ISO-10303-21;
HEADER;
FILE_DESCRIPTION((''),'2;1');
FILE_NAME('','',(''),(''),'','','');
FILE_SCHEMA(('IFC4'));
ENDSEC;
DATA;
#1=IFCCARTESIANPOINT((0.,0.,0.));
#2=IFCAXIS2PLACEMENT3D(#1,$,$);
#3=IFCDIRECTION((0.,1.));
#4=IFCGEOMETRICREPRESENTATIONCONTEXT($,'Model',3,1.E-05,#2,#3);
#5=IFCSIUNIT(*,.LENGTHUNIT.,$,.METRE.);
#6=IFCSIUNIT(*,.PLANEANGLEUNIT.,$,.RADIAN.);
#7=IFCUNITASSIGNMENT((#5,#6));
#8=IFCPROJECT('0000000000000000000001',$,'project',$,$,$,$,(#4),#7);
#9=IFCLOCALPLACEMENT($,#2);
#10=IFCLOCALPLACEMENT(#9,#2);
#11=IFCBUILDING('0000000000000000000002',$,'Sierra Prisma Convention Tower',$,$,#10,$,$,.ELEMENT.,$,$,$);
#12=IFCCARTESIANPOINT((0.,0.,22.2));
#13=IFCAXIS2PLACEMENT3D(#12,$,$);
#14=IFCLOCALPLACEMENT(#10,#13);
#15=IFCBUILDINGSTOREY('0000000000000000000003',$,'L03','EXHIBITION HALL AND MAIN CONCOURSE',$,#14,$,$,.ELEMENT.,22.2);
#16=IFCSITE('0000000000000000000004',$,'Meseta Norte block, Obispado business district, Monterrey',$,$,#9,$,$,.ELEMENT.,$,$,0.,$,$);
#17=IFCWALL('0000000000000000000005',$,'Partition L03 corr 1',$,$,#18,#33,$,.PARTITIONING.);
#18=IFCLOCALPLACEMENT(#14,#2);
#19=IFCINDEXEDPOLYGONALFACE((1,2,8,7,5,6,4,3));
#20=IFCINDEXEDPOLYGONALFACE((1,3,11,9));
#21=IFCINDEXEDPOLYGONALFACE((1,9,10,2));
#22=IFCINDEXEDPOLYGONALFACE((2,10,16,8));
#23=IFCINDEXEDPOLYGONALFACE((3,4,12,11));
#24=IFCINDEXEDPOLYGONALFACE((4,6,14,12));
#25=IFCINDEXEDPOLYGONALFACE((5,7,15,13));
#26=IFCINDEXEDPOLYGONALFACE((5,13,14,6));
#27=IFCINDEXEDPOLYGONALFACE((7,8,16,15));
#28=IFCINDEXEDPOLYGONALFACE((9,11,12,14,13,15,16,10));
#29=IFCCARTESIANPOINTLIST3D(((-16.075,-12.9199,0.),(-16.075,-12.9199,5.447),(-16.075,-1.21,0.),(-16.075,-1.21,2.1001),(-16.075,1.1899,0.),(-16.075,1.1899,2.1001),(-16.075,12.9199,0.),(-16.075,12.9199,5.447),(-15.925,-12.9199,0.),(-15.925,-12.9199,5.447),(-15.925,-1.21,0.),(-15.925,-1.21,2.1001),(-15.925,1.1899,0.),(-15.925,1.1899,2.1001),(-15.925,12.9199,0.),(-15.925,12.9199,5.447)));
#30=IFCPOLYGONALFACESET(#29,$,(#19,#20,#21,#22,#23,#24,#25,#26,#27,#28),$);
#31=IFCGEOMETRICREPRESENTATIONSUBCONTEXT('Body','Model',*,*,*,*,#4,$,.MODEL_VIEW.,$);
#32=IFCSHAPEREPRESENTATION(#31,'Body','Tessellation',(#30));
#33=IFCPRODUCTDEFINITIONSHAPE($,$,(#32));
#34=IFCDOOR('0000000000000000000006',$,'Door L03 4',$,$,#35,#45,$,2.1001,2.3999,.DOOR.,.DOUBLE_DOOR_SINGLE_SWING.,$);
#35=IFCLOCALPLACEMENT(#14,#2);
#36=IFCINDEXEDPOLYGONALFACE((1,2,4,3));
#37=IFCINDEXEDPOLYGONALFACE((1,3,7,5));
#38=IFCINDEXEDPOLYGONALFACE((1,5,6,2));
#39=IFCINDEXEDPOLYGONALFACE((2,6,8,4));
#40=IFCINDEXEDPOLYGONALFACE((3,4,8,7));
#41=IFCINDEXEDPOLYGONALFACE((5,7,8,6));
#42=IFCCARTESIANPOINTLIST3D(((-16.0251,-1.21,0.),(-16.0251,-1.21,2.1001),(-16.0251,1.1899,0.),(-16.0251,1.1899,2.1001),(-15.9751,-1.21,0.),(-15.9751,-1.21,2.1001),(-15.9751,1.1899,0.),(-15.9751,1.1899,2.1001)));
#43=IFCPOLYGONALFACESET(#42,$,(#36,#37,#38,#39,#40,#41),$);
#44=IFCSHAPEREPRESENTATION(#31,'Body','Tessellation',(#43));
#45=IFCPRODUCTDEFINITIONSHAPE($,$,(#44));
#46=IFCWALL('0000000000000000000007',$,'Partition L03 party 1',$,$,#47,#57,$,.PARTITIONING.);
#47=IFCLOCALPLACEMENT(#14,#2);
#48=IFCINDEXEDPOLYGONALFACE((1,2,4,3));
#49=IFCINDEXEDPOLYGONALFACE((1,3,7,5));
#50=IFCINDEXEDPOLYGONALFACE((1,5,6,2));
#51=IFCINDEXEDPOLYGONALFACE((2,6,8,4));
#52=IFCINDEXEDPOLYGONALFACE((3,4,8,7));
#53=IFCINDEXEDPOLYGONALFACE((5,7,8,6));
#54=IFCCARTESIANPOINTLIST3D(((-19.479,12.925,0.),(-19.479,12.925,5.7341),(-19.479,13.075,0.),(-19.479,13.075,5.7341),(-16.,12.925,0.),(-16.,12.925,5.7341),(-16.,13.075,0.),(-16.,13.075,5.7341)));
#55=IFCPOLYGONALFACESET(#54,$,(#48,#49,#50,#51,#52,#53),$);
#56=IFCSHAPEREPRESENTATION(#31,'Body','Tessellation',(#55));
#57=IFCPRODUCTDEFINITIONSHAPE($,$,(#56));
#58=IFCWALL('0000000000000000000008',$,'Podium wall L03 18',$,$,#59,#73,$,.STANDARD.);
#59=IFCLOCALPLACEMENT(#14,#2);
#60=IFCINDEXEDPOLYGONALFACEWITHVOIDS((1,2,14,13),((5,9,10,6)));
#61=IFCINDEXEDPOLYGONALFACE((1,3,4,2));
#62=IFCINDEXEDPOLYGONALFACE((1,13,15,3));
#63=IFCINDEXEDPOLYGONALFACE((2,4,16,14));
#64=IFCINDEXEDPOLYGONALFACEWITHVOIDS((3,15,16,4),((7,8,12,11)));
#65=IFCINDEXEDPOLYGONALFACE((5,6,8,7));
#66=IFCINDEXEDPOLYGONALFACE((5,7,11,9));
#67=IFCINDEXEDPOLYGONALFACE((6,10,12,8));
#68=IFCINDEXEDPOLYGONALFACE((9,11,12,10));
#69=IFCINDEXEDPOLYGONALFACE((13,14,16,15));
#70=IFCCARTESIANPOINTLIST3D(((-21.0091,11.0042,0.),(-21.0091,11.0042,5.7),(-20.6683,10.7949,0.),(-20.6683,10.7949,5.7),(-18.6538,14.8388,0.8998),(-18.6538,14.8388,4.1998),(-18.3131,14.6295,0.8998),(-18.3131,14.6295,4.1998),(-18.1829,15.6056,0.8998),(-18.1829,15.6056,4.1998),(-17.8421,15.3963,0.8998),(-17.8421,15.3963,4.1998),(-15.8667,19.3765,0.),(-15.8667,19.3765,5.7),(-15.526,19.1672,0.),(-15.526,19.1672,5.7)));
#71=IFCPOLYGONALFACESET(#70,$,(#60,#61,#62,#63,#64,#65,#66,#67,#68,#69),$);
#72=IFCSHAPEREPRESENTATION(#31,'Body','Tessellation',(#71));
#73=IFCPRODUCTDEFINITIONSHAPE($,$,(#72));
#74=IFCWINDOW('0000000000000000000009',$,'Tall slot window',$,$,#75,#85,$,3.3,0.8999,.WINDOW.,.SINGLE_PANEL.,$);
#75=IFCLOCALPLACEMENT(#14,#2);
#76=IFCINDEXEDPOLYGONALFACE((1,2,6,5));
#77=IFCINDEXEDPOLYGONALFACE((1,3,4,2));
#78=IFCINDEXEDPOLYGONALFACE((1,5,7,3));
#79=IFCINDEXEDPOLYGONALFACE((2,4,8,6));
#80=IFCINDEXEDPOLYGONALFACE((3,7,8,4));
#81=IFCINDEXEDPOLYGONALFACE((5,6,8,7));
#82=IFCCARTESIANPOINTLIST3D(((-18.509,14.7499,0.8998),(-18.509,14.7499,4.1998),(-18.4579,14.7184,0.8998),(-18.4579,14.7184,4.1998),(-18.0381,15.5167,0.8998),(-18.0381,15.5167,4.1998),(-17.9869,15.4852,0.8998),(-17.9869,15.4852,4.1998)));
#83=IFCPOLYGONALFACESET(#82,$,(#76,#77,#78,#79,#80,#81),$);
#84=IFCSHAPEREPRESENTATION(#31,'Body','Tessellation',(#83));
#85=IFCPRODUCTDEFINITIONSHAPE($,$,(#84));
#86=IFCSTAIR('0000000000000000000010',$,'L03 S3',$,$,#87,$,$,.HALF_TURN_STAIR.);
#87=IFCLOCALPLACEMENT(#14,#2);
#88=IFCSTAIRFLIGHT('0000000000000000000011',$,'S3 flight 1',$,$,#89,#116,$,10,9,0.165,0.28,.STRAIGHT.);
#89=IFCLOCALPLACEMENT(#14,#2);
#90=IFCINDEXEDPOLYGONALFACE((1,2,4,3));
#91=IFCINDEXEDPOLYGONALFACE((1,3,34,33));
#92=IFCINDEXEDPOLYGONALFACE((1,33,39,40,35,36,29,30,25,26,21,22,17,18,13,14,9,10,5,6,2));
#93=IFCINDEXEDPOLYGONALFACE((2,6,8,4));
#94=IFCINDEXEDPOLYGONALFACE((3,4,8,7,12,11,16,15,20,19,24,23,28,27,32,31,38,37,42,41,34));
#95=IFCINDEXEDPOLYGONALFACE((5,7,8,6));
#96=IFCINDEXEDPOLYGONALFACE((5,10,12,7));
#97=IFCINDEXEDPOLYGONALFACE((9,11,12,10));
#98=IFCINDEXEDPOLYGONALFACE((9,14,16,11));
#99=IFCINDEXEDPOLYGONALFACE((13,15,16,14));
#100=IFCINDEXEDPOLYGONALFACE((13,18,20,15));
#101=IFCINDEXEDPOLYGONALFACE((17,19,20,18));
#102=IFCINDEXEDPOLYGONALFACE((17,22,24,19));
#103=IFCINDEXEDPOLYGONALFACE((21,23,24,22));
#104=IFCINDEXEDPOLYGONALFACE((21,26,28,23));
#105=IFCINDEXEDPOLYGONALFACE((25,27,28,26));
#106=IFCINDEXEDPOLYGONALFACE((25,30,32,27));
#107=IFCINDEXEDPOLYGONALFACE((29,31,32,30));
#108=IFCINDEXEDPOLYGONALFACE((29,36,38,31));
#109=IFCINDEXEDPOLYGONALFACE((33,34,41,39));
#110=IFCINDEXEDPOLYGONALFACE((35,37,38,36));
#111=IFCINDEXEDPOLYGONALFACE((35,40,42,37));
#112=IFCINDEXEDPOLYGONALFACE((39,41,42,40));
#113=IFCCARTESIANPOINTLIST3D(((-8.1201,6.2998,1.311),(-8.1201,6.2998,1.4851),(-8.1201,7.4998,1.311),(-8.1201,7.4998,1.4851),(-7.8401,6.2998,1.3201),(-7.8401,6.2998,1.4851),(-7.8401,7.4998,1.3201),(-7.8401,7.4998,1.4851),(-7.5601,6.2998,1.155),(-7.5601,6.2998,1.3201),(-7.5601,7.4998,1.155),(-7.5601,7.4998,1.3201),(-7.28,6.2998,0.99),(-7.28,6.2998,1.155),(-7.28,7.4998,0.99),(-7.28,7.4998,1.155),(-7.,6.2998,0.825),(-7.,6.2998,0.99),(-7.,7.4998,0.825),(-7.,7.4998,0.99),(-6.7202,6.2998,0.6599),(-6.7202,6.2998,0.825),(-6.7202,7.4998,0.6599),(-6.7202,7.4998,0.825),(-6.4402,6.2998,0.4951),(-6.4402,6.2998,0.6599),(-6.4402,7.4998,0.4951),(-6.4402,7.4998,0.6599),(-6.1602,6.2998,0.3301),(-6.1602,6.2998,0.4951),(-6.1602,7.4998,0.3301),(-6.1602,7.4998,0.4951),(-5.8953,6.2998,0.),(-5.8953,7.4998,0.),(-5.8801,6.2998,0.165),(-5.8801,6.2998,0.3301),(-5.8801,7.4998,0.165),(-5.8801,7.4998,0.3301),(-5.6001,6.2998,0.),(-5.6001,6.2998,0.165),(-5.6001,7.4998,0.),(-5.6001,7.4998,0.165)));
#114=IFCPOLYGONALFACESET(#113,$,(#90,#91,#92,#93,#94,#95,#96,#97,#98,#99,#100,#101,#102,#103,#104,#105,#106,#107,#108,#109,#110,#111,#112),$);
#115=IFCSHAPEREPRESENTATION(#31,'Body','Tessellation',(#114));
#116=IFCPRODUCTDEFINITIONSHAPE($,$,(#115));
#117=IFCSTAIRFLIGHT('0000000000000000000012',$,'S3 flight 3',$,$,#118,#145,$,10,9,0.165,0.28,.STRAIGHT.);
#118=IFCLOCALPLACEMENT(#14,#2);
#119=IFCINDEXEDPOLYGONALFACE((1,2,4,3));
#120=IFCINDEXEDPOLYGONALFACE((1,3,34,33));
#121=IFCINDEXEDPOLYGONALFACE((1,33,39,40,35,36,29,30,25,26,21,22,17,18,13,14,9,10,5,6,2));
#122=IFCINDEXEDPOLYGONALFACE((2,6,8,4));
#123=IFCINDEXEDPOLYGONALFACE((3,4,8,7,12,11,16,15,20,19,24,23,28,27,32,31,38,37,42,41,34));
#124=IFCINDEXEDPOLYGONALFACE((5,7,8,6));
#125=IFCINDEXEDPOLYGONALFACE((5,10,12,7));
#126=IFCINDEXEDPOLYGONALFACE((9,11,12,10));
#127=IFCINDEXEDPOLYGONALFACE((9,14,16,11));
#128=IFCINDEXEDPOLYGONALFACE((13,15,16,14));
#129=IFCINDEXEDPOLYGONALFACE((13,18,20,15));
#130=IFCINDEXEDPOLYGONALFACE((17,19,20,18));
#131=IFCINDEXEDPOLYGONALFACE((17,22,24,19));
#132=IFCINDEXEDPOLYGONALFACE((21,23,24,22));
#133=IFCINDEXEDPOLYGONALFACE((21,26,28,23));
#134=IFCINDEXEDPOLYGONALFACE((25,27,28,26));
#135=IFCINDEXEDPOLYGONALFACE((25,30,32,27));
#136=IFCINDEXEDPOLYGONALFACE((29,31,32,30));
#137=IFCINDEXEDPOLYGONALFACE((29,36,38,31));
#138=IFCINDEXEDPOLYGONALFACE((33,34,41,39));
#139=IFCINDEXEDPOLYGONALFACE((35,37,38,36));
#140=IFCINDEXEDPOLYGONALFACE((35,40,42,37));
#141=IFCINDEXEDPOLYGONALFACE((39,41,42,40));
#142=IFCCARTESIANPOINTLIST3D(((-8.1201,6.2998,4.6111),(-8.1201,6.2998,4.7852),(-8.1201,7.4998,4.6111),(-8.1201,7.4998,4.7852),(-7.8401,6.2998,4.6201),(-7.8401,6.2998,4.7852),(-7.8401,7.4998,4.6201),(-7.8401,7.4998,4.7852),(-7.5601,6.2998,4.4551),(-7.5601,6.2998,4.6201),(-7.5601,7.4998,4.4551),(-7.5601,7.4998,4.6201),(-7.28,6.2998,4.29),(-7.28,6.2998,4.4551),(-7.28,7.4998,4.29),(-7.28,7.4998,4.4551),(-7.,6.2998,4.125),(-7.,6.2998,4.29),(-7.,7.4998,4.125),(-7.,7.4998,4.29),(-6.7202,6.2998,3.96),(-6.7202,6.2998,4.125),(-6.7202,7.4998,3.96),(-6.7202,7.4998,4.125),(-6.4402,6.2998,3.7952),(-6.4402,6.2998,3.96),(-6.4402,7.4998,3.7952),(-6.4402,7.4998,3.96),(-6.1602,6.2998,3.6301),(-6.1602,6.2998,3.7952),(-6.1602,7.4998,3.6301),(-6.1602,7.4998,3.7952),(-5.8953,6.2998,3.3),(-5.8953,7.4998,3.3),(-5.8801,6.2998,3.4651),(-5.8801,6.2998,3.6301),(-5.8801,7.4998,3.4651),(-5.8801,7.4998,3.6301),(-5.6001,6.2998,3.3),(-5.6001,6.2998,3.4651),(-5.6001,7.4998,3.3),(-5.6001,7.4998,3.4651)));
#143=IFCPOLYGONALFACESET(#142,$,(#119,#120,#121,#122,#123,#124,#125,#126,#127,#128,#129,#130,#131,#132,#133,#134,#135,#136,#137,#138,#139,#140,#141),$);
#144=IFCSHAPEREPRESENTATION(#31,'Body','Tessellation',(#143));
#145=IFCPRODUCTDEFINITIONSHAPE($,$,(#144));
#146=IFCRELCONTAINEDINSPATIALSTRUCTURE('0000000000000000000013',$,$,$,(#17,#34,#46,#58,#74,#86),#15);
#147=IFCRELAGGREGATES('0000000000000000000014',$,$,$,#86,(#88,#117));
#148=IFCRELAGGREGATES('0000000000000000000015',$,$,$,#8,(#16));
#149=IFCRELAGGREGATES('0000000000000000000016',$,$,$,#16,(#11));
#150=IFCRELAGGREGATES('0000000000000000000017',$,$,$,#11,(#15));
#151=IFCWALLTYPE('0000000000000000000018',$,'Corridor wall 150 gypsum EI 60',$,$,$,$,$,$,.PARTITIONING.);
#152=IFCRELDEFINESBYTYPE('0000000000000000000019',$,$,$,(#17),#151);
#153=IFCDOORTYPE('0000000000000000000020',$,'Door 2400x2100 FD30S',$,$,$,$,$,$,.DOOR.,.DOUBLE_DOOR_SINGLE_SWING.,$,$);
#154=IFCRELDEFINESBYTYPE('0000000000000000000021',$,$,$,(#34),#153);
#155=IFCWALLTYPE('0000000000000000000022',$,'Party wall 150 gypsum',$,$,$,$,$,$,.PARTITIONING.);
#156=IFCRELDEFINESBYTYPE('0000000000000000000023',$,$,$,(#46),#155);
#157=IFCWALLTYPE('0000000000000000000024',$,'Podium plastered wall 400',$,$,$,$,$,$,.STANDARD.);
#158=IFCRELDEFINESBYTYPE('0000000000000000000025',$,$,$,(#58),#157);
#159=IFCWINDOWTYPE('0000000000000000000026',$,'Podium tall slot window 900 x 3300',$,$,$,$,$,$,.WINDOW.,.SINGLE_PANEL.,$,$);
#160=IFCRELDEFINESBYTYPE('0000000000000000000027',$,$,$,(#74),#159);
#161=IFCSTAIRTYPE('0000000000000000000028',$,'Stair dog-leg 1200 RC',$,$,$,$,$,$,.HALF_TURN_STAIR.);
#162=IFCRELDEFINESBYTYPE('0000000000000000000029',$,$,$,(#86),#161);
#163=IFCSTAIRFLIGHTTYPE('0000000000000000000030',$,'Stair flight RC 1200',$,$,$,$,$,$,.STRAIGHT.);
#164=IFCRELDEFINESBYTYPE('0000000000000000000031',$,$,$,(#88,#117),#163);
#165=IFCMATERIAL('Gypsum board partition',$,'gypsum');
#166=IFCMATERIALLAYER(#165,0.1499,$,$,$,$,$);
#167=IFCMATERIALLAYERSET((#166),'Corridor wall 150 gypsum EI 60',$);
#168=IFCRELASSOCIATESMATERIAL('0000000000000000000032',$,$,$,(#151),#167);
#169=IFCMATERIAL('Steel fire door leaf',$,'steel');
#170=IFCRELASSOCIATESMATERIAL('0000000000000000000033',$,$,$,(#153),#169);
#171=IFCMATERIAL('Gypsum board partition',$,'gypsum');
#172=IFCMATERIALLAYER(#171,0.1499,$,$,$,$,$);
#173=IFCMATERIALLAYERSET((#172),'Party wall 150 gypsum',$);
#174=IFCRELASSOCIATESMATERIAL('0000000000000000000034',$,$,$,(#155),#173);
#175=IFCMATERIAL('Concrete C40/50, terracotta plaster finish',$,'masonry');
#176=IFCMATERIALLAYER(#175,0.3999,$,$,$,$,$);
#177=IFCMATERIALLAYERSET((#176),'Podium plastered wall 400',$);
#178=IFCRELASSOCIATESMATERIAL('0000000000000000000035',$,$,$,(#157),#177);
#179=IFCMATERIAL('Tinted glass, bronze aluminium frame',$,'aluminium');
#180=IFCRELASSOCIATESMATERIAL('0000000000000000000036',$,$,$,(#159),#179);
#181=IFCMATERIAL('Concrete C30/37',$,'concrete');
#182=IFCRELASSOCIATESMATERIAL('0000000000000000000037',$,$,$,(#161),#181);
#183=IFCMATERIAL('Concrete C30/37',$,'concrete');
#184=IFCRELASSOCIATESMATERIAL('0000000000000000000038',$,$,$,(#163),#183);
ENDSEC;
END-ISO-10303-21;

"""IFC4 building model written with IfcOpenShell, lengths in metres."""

from ifc_helpers import new_model, si_unit, direction, frame, frame_2d, origin, place, context, subcontext, project, spatial, polyline, rectangle, outline, extrude, material, layer, layer_set, type_object, element, fill, aggregate, save


model = new_model("IFC4")

# Units and contexts
model_context = context("Model", 3, precision=1e-05, world=origin(), true_north=direction((0.0, 1.0)))
body_context = subcontext(model_context, "Body", "Model", "MODEL_VIEW")
ifc_project = project(units=[si_unit("LENGTHUNIT", "METRE"), si_unit("PLANEANGLEUNIT", "RADIAN")], contexts=[model_context])

# Site, building, storey
site_placement = place(None, origin())
site = spatial("IfcSite", under=ifc_project, at=site_placement, Name="Meseta Norte block, Obispado business district, Monterrey", CompositionType="ELEMENT", RefElevation=0.0)
building_placement = place(site_placement, origin())
building = spatial("IfcBuilding", under=site, at=building_placement, Name="Sierra Prisma Convention Tower", CompositionType="ELEMENT")
storey_placement = place(building_placement, frame((0.0, 0.0, 22.2)))
storey = spatial("IfcBuildingStorey", under=building, at=storey_placement, Name="L03", Description="EXHIBITION HALL AND MAIN CONCOURSE", CompositionType="ELEMENT", Elevation=22.2)

# Wall, opening, door
ifc_material_1 = material(Name="Gypsum board partition", Category="gypsum")
ifc_layer_1 = layer(ifc_material_1, 0.1499)
ifc_layer_set_1 = layer_set([ifc_layer_1], Name="Corridor wall 150 gypsum EI 60")
wall_type_1 = type_object("IfcWallType", Name="Corridor wall 150 gypsum EI 60", PredefinedType="PARTITIONING", material=ifc_layer_set_1)
wall_1_placement = place(storey_placement, frame((-16.0, 12.9199, 0.0), z_axis=(0.0, 0.0, 1.0), x_axis=(0.0, -1.0, 0.0)))
wall_1 = element("IfcWall", 1, at=wall_1_placement, inside=storey, type_object=wall_type_1, Name="Partition L03 corr 1", PredefinedType="PARTITIONING", context=body_context, shape_type="SweptSolid", body=[
    extrude(rectangle(XDim=25.8398, YDim=0.1499, at=frame_2d((12.9199, 0.0))), origin(), (0.0, 0.0, 1.0), 5.447),
])
opening_1_placement = place(wall_1_placement, frame((11.73, 0.0, 0.0)))
opening_1 = element("IfcOpeningElement", 2, at=opening_1_placement, cuts=wall_1, PredefinedType="OPENING", context=body_context, shape_type="SweptSolid", body=[
    extrude(rectangle(XDim=2.3999, YDim=2.1001, at=frame_2d((1.2, 1.05))), frame((0.0, 0.075, 0.0), z_axis=(0.0, -1.0, 0.0), x_axis=(1.0, 0.0, 0.0)), (0.0, 0.0, 1.0), 0.1499),
])
ifc_material_2 = material(Name="Steel fire door leaf", Category="steel")
door_type_1 = type_object("IfcDoorType", Name="Door 2400x2100 FD30S", OperationType="DOUBLE_DOOR_SINGLE_SWING", PredefinedType="DOOR", material=ifc_material_2)
door_1_placement = place(opening_1_placement, origin())
door_1 = element("IfcDoor", 3, at=door_1_placement, inside=storey, type_object=door_type_1, Name="Door L03 4", OperationType="DOUBLE_DOOR_SINGLE_SWING", OverallHeight=2.1001, OverallWidth=2.3999, PredefinedType="DOOR", context=body_context, shape_type="SweptSolid", body=[
    extrude(rectangle(XDim=2.3999, YDim=2.1001, at=frame_2d((1.2, 1.05))), frame((0.0, 0.0249, 0.0), z_axis=(0.0, -1.0, 0.0), x_axis=(1.0, 0.0, 0.0)), (0.0, 0.0, 1.0), 0.05),
])
fill(opening_1, door_1)

# Wall
ifc_material_3 = material(Name="Gypsum board partition", Category="gypsum")
ifc_layer_2 = layer(ifc_material_3, 0.1499)
ifc_layer_set_2 = layer_set([ifc_layer_2], Name="Party wall 150 gypsum")
wall_type_2 = type_object("IfcWallType", Name="Party wall 150 gypsum", PredefinedType="PARTITIONING", material=ifc_layer_set_2)
wall_2_placement = place(storey_placement, frame((-16.0, 13.0, 0.0), z_axis=(0.0, 0.0, 1.0), x_axis=(-1.0, 0.0, 0.0)))
element("IfcWall", 4, at=wall_2_placement, inside=storey, type_object=wall_type_2, Name="Partition L03 party 1", PredefinedType="PARTITIONING", context=body_context, shape_type="SweptSolid", body=[
    extrude(rectangle(XDim=3.479, YDim=0.1499, at=frame_2d((1.7395, 0.0))), origin(), (0.0, 0.0, 1.0), 5.7341),
])

# Wall, opening, window
ifc_material_4 = material(Name="Concrete C40/50, terracotta plaster finish", Category="masonry")
ifc_layer_3 = layer(ifc_material_4, 0.3999)
ifc_layer_set_3 = layer_set([ifc_layer_3], Name="Podium plastered wall 400")
wall_type_3 = type_object("IfcWallType", Name="Podium plastered wall 400", PredefinedType="STANDARD", material=ifc_layer_set_3)
wall_3_placement = place(storey_placement, frame((-20.8386, 10.8997, 0.0), z_axis=(0.0, 0.0, 1.0), x_axis=(0.523369, 0.852106, 0.0)))
wall_3 = element("IfcWall", 5, at=wall_3_placement, inside=storey, type_object=wall_type_3, Name="Podium wall L03 18", PredefinedType="STANDARD", context=body_context, shape_type="SweptSolid", body=[
    extrude(rectangle(XDim=9.8254, YDim=0.3999, at=frame_2d((4.9126, 0.0))), origin(), (0.0, 0.0, 1.0), 5.7),
])
opening_2_placement = place(wall_3_placement, frame((4.5, 0.0, 0.8999)))
opening_2 = element("IfcOpeningElement", 6, at=opening_2_placement, cuts=wall_3, PredefinedType="OPENING", context=body_context, shape_type="SweptSolid", body=[
    extrude(rectangle(XDim=0.8999, YDim=3.3, at=frame_2d((0.45, 1.6499))), frame((0.0, 0.2, 0.0), z_axis=(0.0, -1.0, 0.0), x_axis=(1.0, 0.0, 0.0)), (0.0, 0.0, 1.0), 0.3999),
])
ifc_material_5 = material(Name="Tinted glass, bronze aluminium frame", Category="aluminium")
window_type = type_object("IfcWindowType", Name="Podium tall slot window 900 x 3300", PartitioningType="SINGLE_PANEL", PredefinedType="WINDOW", material=ifc_material_5)
window_placement = place(opening_2_placement, origin())
window = element("IfcWindow", 7, at=window_placement, inside=storey, type_object=window_type, Name="Tall slot window", OverallHeight=3.3, OverallWidth=0.8999, PartitioningType="SINGLE_PANEL", PredefinedType="WINDOW", context=body_context, shape_type="SweptSolid", body=[
    extrude(rectangle(XDim=0.8999, YDim=3.3, at=frame_2d((0.45, 1.6499))), frame((0.0, 0.03, 0.0), z_axis=(0.0, -1.0, 0.0), x_axis=(1.0, 0.0, 0.0)), (0.0, 0.0, 1.0), 0.0601),
])
fill(opening_2, window)

# Stair, stair flights
ifc_material_6 = material(Name="Concrete C30/37", Category="concrete")
stair_type = type_object("IfcStairType", Name="Stair dog-leg 1200 RC", PredefinedType="HALF_TURN_STAIR", material=ifc_material_6)
stair_placement = place(storey_placement, origin())
stair = element("IfcStair", 8, at=stair_placement, inside=storey, type_object=stair_type, Name="L03 S3", PredefinedType="HALF_TURN_STAIR")
ifc_material_7 = material(Name="Concrete C30/37", Category="concrete")
stair_flight_type = type_object("IfcStairFlightType", Name="Stair flight RC 1200", PredefinedType="STRAIGHT", material=ifc_material_7)
stair_flight_1_placement = place(storey_placement, frame((-5.6001, 6.8999, 0.0), z_axis=(0.0, 0.0, 1.0), x_axis=(-1.0, 0.0, 0.0)))
stair_flight_1 = element("IfcStairFlight", 9, at=stair_flight_1_placement, type_object=stair_flight_type, Name="S3 flight 1", NumberOfRisers=10, NumberOfTreads=9, PredefinedType="STRAIGHT", RiserHeight=0.165, TreadLength=0.28, context=body_context, shape_type="SweptSolid", body=[
    extrude(outline(polyline([(0.0, 0.0), (0.0, 0.165), (0.28, 0.165), (0.28, 0.3301), (0.5601, 0.3301), (0.5601, 0.4951), (0.8401, 0.4951), (0.8401, 0.6599), (1.1201, 0.6599), (1.1201, 0.825), (1.3999, 0.825), (1.3999, 0.99), (1.6799, 0.99), (1.6799, 1.155), (1.96, 1.155), (1.96, 1.3201), (2.24, 1.3201), (2.24, 1.4851), (2.52, 1.4851), (2.52, 1.6499), (2.52, 1.311), (0.2952, 0.0), (0.0, 0.0)])), frame((0.0, 0.6001, 0.0), z_axis=(0.0, -1.0, 0.0), x_axis=(1.0, 0.0, 0.0)), (0.0, 0.0, 1.0), 1.2),
])
stair_flight_2_placement = place(storey_placement, frame((-5.6001, 6.8999, 3.3), z_axis=(0.0, 0.0, 1.0), x_axis=(-1.0, 0.0, 0.0)))
stair_flight_2 = element("IfcStairFlight", 10, at=stair_flight_2_placement, type_object=stair_flight_type, Name="S3 flight 3", NumberOfRisers=10, NumberOfTreads=9, PredefinedType="STRAIGHT", RiserHeight=0.165, TreadLength=0.28, context=body_context, shape_type="SweptSolid", body=[
    extrude(outline(polyline([(0.0, 0.0), (0.0, 0.165), (0.28, 0.165), (0.28, 0.3301), (0.5601, 0.3301), (0.5601, 0.4951), (0.8401, 0.4951), (0.8401, 0.6599), (1.1201, 0.6599), (1.1201, 0.825), (1.3999, 0.825), (1.3999, 0.99), (1.6799, 0.99), (1.6799, 1.155), (1.96, 1.155), (1.96, 1.3201), (2.24, 1.3201), (2.24, 1.4851), (2.52, 1.4851), (2.52, 1.6499), (2.52, 1.311), (0.2952, 0.0), (0.0, 0.0)])), frame((0.0, 0.6001, 0.0), z_axis=(0.0, -1.0, 0.0), x_axis=(1.0, 0.0, 0.0)), (0.0, 0.0, 1.0), 1.2),
])
aggregate(stair, [stair_flight_1, stair_flight_2])

save(model, "model.ifc")
